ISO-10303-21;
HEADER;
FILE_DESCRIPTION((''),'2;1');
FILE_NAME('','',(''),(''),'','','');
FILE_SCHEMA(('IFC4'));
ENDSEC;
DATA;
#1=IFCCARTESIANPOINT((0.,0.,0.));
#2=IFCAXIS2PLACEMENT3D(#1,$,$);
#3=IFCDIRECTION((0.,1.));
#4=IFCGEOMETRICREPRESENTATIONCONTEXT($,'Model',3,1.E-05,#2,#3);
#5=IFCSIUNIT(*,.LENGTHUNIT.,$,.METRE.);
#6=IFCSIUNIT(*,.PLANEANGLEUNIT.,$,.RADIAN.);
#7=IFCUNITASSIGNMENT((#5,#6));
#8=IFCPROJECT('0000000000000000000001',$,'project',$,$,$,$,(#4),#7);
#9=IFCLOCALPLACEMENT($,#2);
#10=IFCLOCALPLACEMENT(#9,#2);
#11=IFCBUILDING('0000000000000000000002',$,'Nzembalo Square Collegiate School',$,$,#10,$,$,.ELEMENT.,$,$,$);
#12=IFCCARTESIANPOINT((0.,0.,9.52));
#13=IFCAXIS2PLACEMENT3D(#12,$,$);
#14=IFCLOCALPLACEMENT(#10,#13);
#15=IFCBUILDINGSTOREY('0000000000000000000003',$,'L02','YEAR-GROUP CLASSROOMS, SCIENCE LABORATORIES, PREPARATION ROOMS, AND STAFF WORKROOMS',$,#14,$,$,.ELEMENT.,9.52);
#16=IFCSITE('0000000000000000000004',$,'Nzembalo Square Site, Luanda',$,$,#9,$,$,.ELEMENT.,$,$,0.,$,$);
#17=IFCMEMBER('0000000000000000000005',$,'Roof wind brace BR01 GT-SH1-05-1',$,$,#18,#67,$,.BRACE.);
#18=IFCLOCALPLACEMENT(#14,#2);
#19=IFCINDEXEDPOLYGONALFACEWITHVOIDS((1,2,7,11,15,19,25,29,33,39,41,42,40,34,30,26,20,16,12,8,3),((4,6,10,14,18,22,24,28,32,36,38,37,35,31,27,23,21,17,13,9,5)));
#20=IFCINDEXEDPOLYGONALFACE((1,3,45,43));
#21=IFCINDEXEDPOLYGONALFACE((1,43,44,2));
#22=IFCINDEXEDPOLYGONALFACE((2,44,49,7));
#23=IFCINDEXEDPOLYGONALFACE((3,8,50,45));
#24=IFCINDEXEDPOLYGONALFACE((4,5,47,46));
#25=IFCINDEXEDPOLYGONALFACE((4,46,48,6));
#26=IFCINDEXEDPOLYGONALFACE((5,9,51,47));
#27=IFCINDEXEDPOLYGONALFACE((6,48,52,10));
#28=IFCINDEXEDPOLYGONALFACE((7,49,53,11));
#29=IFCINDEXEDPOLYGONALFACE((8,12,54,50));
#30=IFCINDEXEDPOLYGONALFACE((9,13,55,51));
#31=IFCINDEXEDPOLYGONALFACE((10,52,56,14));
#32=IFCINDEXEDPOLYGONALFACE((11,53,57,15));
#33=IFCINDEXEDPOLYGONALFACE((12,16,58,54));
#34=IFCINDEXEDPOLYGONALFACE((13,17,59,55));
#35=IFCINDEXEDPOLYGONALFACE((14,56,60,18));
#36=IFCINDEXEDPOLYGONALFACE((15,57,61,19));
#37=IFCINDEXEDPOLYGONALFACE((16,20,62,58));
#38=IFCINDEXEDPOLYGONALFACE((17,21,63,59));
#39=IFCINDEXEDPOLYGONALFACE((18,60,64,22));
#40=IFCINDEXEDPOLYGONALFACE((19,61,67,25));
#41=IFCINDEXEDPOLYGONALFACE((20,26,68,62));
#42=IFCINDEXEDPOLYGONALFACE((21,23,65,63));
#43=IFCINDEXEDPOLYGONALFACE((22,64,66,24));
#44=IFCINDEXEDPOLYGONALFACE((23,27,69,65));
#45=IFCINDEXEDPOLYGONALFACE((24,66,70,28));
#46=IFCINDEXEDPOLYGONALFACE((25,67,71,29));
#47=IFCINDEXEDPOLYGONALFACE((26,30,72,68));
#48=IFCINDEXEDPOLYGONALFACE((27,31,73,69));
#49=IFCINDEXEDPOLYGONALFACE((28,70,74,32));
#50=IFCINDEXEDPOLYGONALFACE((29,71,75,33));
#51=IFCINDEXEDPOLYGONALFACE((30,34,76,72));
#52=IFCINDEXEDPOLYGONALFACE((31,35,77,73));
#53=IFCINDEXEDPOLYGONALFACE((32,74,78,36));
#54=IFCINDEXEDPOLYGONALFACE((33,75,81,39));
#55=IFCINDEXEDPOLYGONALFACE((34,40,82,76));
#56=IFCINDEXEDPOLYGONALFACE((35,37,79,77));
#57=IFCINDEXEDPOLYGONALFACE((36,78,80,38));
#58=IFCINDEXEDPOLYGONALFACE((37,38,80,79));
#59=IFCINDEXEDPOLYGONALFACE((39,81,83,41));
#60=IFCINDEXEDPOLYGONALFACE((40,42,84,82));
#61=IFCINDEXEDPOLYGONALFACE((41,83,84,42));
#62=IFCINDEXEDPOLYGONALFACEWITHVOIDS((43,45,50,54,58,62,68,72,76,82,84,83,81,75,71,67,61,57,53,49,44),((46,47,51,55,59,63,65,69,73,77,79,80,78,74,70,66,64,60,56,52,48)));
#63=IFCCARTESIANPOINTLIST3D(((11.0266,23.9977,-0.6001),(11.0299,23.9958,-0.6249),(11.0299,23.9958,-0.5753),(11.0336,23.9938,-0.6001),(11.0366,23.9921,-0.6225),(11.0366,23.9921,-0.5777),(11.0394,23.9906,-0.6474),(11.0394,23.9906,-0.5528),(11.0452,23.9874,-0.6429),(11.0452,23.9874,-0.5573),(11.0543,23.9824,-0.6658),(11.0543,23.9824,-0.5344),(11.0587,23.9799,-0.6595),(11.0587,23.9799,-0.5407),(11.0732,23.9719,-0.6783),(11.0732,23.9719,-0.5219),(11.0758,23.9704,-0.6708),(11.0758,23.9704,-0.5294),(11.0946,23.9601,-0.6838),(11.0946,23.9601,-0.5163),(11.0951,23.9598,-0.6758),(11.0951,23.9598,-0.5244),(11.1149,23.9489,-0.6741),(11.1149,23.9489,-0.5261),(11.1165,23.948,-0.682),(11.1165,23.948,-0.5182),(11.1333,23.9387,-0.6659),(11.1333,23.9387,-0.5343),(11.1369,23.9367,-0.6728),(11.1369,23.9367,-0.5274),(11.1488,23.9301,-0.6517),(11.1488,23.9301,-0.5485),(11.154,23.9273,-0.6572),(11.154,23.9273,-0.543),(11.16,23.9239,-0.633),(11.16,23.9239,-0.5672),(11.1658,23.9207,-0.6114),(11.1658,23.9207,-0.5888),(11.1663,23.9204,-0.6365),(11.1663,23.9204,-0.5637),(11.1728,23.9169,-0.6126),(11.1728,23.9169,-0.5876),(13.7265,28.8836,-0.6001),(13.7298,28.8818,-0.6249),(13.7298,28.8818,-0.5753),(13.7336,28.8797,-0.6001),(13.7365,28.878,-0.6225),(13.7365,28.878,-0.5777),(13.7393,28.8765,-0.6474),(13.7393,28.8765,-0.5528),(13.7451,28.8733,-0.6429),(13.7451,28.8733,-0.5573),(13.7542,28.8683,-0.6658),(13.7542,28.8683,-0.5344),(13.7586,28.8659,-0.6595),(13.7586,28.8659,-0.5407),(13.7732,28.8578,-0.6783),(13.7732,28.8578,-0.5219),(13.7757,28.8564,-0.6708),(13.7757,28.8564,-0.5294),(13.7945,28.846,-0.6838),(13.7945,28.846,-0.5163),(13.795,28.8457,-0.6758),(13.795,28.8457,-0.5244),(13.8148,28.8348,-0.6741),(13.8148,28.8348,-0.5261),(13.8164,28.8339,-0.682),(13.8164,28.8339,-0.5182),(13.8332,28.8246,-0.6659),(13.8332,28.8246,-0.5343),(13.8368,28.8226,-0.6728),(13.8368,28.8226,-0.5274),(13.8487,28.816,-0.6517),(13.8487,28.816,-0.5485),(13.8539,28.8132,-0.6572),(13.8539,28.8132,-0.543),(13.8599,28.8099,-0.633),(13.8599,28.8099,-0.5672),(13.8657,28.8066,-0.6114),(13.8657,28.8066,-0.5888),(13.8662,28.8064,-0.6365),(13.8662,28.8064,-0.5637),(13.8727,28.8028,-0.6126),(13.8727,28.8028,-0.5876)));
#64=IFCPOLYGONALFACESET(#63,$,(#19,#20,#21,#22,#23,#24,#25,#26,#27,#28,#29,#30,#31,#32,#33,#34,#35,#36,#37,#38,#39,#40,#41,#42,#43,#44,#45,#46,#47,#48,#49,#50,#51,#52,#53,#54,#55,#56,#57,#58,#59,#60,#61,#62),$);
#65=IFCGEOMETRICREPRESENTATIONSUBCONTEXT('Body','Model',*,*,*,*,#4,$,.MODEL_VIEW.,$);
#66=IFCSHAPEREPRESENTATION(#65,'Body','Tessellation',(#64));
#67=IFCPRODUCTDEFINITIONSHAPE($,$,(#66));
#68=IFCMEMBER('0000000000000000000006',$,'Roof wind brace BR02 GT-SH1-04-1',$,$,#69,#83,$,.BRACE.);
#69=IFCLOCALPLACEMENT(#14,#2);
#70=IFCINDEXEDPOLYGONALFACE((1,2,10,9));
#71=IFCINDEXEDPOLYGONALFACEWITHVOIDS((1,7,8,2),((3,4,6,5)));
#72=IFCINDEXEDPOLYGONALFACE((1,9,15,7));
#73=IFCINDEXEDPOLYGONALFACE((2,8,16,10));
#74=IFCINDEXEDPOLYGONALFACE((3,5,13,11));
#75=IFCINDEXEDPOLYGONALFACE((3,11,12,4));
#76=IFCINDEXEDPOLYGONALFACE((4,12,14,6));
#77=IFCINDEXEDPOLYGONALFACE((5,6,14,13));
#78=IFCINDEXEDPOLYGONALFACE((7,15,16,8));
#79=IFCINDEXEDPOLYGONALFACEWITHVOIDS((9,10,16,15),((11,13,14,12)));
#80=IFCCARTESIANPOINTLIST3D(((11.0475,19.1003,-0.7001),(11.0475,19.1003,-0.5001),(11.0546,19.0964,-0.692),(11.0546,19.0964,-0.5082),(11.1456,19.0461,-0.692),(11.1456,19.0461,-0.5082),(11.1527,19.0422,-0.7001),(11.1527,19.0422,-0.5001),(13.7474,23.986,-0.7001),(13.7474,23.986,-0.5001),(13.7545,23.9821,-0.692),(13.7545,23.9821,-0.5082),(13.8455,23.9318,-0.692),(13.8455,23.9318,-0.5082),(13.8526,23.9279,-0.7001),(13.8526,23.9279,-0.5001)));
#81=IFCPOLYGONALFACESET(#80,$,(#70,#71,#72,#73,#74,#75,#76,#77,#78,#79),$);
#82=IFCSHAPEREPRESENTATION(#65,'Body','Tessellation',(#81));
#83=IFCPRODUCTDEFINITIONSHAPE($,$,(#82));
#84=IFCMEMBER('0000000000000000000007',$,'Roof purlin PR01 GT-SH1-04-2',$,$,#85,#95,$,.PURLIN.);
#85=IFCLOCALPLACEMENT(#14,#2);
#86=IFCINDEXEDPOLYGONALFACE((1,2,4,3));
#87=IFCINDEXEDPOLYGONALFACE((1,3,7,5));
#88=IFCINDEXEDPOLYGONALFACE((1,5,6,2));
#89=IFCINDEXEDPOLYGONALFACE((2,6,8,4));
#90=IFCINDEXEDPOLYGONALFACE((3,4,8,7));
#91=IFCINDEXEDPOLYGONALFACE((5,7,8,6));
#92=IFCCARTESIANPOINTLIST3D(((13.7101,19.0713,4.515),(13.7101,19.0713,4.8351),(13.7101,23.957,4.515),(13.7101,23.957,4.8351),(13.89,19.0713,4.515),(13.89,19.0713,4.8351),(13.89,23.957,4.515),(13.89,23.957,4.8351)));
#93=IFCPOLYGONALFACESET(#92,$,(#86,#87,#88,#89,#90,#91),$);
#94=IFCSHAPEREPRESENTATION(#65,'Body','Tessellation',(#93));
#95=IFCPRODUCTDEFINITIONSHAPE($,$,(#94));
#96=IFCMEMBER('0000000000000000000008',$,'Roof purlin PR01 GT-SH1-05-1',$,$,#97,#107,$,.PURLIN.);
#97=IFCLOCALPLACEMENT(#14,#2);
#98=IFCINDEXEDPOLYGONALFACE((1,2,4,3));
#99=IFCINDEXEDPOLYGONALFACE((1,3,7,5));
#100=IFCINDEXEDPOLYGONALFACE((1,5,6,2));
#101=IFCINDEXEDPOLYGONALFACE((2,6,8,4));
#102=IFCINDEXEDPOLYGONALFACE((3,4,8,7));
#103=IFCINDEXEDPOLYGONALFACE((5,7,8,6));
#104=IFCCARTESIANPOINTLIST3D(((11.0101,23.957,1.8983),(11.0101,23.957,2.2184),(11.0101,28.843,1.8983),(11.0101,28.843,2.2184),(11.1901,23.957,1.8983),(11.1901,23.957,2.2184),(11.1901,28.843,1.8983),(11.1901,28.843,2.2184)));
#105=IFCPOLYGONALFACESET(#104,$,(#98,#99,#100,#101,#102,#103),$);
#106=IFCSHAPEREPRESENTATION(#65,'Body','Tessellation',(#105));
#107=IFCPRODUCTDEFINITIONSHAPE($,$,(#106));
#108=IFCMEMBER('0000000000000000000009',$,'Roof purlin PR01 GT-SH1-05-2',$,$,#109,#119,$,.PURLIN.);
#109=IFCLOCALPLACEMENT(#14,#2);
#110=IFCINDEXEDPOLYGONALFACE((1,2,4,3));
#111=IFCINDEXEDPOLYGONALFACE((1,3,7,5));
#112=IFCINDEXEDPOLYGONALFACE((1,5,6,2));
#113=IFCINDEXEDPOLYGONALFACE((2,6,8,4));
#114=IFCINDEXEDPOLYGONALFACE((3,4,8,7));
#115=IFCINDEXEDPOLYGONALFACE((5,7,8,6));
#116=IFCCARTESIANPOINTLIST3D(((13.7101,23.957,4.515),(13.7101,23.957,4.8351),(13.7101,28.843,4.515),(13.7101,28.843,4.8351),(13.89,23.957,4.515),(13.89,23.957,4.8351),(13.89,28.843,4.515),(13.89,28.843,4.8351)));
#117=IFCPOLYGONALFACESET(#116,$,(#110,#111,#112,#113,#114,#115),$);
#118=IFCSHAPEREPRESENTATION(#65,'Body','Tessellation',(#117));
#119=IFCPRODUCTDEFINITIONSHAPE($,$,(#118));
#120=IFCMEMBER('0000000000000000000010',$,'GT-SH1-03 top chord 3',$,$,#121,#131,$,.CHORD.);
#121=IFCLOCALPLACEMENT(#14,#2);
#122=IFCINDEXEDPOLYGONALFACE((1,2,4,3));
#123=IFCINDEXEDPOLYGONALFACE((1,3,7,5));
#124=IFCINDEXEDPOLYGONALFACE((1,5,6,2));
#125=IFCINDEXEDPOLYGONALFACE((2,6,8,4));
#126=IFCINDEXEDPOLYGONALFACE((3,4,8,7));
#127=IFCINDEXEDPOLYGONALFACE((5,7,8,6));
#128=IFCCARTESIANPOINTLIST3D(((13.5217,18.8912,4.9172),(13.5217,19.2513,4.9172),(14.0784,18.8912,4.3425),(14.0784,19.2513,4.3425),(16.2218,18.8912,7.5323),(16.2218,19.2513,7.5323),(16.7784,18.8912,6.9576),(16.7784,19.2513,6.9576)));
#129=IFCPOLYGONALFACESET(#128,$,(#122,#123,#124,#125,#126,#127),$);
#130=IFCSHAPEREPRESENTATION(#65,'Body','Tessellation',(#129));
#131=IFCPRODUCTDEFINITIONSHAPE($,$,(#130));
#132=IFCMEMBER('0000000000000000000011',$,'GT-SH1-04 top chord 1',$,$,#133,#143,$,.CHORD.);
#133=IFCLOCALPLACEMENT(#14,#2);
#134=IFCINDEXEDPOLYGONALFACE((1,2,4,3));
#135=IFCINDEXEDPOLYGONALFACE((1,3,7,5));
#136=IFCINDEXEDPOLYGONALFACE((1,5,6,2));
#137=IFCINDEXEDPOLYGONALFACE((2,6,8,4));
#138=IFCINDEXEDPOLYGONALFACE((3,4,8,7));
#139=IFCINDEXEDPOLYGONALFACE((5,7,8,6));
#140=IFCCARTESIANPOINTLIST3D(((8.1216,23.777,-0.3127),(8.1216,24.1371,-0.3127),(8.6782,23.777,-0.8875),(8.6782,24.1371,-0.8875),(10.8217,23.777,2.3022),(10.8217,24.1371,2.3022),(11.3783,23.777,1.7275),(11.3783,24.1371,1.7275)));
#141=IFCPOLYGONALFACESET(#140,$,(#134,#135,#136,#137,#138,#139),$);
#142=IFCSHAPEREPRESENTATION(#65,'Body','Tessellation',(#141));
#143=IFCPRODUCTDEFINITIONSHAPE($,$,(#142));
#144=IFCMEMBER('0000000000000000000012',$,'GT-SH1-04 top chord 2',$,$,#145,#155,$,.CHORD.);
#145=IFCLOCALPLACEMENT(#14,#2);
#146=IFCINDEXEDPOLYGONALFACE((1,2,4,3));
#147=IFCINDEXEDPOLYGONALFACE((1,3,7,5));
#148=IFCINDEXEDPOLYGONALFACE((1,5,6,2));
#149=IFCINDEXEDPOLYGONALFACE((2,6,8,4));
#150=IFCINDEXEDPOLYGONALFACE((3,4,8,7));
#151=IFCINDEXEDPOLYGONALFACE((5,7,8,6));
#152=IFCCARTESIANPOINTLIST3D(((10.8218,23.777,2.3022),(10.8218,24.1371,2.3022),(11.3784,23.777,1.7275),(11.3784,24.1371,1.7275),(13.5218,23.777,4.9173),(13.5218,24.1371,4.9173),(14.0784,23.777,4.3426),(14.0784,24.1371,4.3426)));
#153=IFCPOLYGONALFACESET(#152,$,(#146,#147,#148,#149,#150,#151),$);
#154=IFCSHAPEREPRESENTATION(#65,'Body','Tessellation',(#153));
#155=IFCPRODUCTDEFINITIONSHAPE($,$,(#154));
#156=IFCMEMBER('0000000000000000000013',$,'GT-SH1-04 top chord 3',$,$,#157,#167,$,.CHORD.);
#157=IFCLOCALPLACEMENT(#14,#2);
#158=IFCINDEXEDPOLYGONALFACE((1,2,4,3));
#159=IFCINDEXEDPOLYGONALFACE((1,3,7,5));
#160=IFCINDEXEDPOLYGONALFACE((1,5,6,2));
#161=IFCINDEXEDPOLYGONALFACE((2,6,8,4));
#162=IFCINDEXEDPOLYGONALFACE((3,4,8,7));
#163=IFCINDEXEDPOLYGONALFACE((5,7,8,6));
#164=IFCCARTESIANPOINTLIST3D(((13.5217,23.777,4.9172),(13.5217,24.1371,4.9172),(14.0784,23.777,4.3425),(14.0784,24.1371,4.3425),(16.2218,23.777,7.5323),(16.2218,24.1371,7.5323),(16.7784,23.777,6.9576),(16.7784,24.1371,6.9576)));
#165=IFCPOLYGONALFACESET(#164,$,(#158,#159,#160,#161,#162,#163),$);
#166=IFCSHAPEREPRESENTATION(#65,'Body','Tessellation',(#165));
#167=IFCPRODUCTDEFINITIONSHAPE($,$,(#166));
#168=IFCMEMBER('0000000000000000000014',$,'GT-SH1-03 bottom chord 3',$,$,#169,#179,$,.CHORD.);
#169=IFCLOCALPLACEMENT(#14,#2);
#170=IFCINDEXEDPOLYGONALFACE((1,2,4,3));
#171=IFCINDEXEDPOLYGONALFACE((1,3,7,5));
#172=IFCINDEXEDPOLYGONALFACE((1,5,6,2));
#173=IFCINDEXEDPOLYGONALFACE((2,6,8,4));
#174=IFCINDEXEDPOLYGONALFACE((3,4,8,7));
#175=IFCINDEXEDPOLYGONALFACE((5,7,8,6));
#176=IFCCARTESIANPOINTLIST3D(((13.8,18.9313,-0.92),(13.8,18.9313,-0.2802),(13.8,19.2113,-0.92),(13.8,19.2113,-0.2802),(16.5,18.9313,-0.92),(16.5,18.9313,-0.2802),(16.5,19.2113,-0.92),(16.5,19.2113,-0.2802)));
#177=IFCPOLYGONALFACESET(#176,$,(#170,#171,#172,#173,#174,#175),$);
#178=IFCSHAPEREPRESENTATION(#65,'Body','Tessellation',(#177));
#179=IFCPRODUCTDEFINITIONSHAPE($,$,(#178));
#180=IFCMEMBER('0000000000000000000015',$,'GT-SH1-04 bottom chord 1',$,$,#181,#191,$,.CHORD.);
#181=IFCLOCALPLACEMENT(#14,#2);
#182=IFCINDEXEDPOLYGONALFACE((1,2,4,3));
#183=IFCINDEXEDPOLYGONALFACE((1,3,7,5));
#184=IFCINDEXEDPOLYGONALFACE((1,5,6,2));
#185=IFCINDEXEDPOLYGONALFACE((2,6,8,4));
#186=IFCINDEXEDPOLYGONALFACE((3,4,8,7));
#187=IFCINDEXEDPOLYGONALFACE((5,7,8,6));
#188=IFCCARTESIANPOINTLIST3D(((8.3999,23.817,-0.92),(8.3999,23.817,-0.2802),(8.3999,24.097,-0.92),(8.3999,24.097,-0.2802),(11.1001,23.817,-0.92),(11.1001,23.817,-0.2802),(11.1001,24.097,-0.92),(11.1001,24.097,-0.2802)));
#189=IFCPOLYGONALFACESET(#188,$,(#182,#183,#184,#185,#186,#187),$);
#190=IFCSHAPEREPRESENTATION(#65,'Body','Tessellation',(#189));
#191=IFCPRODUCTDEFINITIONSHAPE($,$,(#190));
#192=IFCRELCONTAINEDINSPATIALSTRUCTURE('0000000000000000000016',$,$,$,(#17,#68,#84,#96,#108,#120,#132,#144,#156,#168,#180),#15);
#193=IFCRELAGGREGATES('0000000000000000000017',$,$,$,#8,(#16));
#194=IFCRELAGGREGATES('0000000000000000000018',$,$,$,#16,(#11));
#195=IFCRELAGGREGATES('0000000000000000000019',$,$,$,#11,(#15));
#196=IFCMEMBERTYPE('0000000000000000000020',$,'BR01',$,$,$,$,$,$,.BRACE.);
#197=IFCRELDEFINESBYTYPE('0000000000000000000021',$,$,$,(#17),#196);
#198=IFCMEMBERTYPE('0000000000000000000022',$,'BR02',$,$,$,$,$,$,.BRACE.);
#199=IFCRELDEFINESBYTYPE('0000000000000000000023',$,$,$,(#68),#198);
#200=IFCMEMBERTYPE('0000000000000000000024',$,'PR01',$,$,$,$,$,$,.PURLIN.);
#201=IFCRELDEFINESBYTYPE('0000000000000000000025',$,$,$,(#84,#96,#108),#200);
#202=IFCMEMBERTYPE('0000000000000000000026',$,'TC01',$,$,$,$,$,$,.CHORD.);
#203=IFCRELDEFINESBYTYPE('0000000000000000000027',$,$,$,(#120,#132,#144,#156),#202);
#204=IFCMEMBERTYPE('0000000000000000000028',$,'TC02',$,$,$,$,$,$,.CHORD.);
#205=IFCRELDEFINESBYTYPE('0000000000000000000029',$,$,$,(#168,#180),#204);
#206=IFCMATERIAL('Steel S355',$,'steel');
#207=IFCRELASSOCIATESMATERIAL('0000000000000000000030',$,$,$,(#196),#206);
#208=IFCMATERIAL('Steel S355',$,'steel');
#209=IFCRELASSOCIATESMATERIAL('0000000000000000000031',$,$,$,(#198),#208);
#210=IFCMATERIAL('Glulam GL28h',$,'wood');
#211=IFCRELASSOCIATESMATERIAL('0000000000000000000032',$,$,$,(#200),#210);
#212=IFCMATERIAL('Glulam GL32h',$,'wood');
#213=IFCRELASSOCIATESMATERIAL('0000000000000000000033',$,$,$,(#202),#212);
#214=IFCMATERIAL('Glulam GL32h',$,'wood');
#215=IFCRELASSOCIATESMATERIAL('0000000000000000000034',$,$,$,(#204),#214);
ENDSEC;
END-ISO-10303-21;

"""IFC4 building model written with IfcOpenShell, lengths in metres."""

from ifc_helpers import new_model, si_unit, direction, frame, origin, origin_2d, place, context, subcontext, project, spatial, rectangle, hollow_rectangle, hollow_circle, extrude, material, material_profile, profile_set, type_object, element, save


model = new_model("IFC4")

# Units and contexts
model_context = context("Model", 3, precision=1e-05, world=origin(), true_north=direction((0.0, 1.0)))
body_context = subcontext(model_context, "Body", "Model", "MODEL_VIEW")
ifc_project = project(units=[si_unit("LENGTHUNIT", "METRE"), si_unit("PLANEANGLEUNIT", "RADIAN")], contexts=[model_context])

# Site, building, storey
site_placement = place(None, origin())
site = spatial("IfcSite", under=ifc_project, at=site_placement, Name="Nzembalo Square Site, Luanda", CompositionType="ELEMENT", RefElevation=0.0)
building_placement = place(site_placement, origin())
building = spatial("IfcBuilding", under=site, at=building_placement, Name="Nzembalo Square Collegiate School", CompositionType="ELEMENT")
storey_placement = place(building_placement, frame((0.0, 0.0, 9.52)))
storey = spatial("IfcBuildingStorey", under=building, at=storey_placement, Name="L02", Description="YEAR-GROUP CLASSROOMS, SCIENCE LABORATORIES, PREPARATION ROOMS, AND STAFF WORKROOMS", CompositionType="ELEMENT", Elevation=9.52)

# Members
ifc_material_1 = material(Name="Steel S355", Category="steel")
ifc_material_profile_1 = material_profile(ifc_material_1, hollow_circle(Radius=0.084, WallThickness=0.0081, at=origin_2d()), Name="CHS 168x8")
ifc_profile_set_1 = profile_set([ifc_material_profile_1], Name="Steel S355")
member_type_1 = type_object("IfcMemberType", Name="BR01", PredefinedType="BRACE", material=ifc_profile_set_1)
member_1_placement = place(storey_placement, frame((11.1001, 23.957, -0.6001), z_axis=(0.483659, 0.875257, 0.0), x_axis=(-0.875257, 0.483659, 0.0)))
element("IfcMember", 1, at=member_1_placement, inside=storey, type_object=member_type_1, Name="Roof wind brace BR01 GT-SH1-05-1", PredefinedType="BRACE", context=body_context, shape_type="SweptSolid", body=[
    extrude(hollow_circle(Radius=0.084, WallThickness=0.0081, at=origin_2d()), origin(), (0.0, 0.0, 1.0), 5.5823),
])
ifc_material_2 = material(Name="Steel S355", Category="steel")
ifc_material_profile_2 = material_profile(ifc_material_2, hollow_rectangle(XDim=0.1201, YDim=0.2, WallThickness=0.0081, at=origin_2d()), Name="RHS 200x120x8")
ifc_profile_set_2 = profile_set([ifc_material_profile_2], Name="Steel S355")
member_type_2 = type_object("IfcMemberType", Name="BR02", PredefinedType="BRACE", material=ifc_profile_set_2)
member_2_placement = place(storey_placement, frame((11.1001, 19.0713, -0.6001), z_axis=(0.483677, 0.875246, 0.0), x_axis=(-0.875246, 0.483677, 0.0)))
element("IfcMember", 2, at=member_2_placement, inside=storey, type_object=member_type_2, Name="Roof wind brace BR02 GT-SH1-04-1", PredefinedType="BRACE", context=body_context, shape_type="SweptSolid", body=[
    extrude(hollow_rectangle(XDim=0.1201, YDim=0.2, WallThickness=0.0081, at=origin_2d()), origin(), (0.0, 0.0, 1.0), 5.582),
])
ifc_material_3 = material(Name="Glulam GL28h", Category="wood")
ifc_material_profile_3 = material_profile(ifc_material_3, rectangle(XDim=0.1799, YDim=0.3201, at=origin_2d()), Name="GL28h 180x320")
ifc_profile_set_3 = profile_set([ifc_material_profile_3], Name="Glulam GL28h")
member_type_3 = type_object("IfcMemberType", Name="PR01", PredefinedType="PURLIN", material=ifc_profile_set_3)
member_3_placement = place(storey_placement, frame((13.8, 19.0713, 4.675), z_axis=(0.0, 1.0, 0.0), x_axis=(-1.0, 0.0, 0.0)))
element("IfcMember", 3, at=member_3_placement, inside=storey, type_object=member_type_3, Name="Roof purlin PR01 GT-SH1-04-2", PredefinedType="PURLIN", context=body_context, shape_type="SweptSolid", body=[
    extrude(rectangle(XDim=0.1799, YDim=0.3201, at=origin_2d()), origin(), (0.0, 0.0, 1.0), 4.8857),
])
for number, where, z_axis, x_axis, name in (
    (4, (11.1001, 23.957, 2.0583), (0.0, 1.0, 0.0), (-1.0, 0.0, 0.0), "Roof purlin PR01 GT-SH1-05-1"),
    (5, (13.8, 23.957, 4.675), (0.0, 1.0, 0.0), (-1.0, 0.0, 0.0), "Roof purlin PR01 GT-SH1-05-2"),
):
    element("IfcMember", number, at=place(storey_placement, frame(where, z_axis=z_axis, x_axis=x_axis)), inside=storey, type_object=member_type_3, Name=name, PredefinedType="PURLIN", context=body_context, shape_type="SweptSolid", body=[
        extrude(rectangle(XDim=0.1799, YDim=0.3201, at=origin_2d()), origin(), (0.0, 0.0, 1.0), 4.886),
    ])
ifc_material_4 = material(Name="Glulam GL32h", Category="wood")
ifc_material_profile_4 = material_profile(ifc_material_4, rectangle(XDim=0.3601, YDim=0.8, at=origin_2d()), Name="GL32h 360x800")
ifc_profile_set_4 = profile_set([ifc_material_profile_4], Name="Glulam GL32h")
member_type_4 = type_object("IfcMemberType", Name="TC01", PredefinedType="CHORD", material=ifc_profile_set_4)
for number, where, z_axis, x_axis, name in (
    (6, (13.8, 19.0713, 4.6299), (0.718318, 0.0, 0.695715), (0.0, 1.0, 0.0), "GT-SH1-03 top chord 3"),
    (7, (8.3999, 23.957, -0.6001), (0.71835, 0.0, 0.695682), (0.0, 1.0, 0.0), "GT-SH1-04 top chord 1"),
    (8, (11.1001, 23.957, 2.0149), (0.718318, 0.0, 0.695715), (0.0, 1.0, 0.0), "GT-SH1-04 top chord 2"),
    (9, (13.8, 23.957, 4.6299), (0.718318, 0.0, 0.695715), (0.0, 1.0, 0.0), "GT-SH1-04 top chord 3"),
):
    element("IfcMember", number, at=place(storey_placement, frame(where, z_axis=z_axis, x_axis=x_axis)), inside=storey, type_object=member_type_4, Name=name, PredefinedType="CHORD", context=body_context, shape_type="SweptSolid", body=[
        extrude(rectangle(XDim=0.3601, YDim=0.8, at=origin_2d()), origin(), (0.0, 0.0, 1.0), 3.7588),
    ])
ifc_material_5 = material(Name="Glulam GL32h", Category="wood")
ifc_material_profile_5 = material_profile(ifc_material_5, rectangle(XDim=0.28, YDim=0.6399, at=origin_2d()), Name="GL32h 280x640")
ifc_profile_set_5 = profile_set([ifc_material_profile_5], Name="Glulam GL32h")
member_type_5 = type_object("IfcMemberType", Name="TC02", PredefinedType="CHORD", material=ifc_profile_set_5)
member_4_placement = place(storey_placement, frame((13.8, 19.0713, -0.6001), z_axis=(1.0, 0.0, 0.0), x_axis=(0.0, 1.0, 0.0)))
element("IfcMember", 10, at=member_4_placement, inside=storey, type_object=member_type_5, Name="GT-SH1-03 bottom chord 3", PredefinedType="CHORD", context=body_context, shape_type="SweptSolid", body=[
    extrude(rectangle(XDim=0.28, YDim=0.6399, at=origin_2d()), origin(), (0.0, 0.0, 1.0), 2.7),
])
member_5_placement = place(storey_placement, frame((8.3999, 23.957, -0.6001), z_axis=(1.0, 0.0, 0.0), x_axis=(0.0, 1.0, 0.0)))
element("IfcMember", 11, at=member_5_placement, inside=storey, type_object=member_type_5, Name="GT-SH1-04 bottom chord 1", PredefinedType="CHORD", context=body_context, shape_type="SweptSolid", body=[
    extrude(rectangle(XDim=0.28, YDim=0.6399, at=origin_2d()), origin(), (0.0, 0.0, 1.0), 2.7002),
])

save(model, "model.ifc")
